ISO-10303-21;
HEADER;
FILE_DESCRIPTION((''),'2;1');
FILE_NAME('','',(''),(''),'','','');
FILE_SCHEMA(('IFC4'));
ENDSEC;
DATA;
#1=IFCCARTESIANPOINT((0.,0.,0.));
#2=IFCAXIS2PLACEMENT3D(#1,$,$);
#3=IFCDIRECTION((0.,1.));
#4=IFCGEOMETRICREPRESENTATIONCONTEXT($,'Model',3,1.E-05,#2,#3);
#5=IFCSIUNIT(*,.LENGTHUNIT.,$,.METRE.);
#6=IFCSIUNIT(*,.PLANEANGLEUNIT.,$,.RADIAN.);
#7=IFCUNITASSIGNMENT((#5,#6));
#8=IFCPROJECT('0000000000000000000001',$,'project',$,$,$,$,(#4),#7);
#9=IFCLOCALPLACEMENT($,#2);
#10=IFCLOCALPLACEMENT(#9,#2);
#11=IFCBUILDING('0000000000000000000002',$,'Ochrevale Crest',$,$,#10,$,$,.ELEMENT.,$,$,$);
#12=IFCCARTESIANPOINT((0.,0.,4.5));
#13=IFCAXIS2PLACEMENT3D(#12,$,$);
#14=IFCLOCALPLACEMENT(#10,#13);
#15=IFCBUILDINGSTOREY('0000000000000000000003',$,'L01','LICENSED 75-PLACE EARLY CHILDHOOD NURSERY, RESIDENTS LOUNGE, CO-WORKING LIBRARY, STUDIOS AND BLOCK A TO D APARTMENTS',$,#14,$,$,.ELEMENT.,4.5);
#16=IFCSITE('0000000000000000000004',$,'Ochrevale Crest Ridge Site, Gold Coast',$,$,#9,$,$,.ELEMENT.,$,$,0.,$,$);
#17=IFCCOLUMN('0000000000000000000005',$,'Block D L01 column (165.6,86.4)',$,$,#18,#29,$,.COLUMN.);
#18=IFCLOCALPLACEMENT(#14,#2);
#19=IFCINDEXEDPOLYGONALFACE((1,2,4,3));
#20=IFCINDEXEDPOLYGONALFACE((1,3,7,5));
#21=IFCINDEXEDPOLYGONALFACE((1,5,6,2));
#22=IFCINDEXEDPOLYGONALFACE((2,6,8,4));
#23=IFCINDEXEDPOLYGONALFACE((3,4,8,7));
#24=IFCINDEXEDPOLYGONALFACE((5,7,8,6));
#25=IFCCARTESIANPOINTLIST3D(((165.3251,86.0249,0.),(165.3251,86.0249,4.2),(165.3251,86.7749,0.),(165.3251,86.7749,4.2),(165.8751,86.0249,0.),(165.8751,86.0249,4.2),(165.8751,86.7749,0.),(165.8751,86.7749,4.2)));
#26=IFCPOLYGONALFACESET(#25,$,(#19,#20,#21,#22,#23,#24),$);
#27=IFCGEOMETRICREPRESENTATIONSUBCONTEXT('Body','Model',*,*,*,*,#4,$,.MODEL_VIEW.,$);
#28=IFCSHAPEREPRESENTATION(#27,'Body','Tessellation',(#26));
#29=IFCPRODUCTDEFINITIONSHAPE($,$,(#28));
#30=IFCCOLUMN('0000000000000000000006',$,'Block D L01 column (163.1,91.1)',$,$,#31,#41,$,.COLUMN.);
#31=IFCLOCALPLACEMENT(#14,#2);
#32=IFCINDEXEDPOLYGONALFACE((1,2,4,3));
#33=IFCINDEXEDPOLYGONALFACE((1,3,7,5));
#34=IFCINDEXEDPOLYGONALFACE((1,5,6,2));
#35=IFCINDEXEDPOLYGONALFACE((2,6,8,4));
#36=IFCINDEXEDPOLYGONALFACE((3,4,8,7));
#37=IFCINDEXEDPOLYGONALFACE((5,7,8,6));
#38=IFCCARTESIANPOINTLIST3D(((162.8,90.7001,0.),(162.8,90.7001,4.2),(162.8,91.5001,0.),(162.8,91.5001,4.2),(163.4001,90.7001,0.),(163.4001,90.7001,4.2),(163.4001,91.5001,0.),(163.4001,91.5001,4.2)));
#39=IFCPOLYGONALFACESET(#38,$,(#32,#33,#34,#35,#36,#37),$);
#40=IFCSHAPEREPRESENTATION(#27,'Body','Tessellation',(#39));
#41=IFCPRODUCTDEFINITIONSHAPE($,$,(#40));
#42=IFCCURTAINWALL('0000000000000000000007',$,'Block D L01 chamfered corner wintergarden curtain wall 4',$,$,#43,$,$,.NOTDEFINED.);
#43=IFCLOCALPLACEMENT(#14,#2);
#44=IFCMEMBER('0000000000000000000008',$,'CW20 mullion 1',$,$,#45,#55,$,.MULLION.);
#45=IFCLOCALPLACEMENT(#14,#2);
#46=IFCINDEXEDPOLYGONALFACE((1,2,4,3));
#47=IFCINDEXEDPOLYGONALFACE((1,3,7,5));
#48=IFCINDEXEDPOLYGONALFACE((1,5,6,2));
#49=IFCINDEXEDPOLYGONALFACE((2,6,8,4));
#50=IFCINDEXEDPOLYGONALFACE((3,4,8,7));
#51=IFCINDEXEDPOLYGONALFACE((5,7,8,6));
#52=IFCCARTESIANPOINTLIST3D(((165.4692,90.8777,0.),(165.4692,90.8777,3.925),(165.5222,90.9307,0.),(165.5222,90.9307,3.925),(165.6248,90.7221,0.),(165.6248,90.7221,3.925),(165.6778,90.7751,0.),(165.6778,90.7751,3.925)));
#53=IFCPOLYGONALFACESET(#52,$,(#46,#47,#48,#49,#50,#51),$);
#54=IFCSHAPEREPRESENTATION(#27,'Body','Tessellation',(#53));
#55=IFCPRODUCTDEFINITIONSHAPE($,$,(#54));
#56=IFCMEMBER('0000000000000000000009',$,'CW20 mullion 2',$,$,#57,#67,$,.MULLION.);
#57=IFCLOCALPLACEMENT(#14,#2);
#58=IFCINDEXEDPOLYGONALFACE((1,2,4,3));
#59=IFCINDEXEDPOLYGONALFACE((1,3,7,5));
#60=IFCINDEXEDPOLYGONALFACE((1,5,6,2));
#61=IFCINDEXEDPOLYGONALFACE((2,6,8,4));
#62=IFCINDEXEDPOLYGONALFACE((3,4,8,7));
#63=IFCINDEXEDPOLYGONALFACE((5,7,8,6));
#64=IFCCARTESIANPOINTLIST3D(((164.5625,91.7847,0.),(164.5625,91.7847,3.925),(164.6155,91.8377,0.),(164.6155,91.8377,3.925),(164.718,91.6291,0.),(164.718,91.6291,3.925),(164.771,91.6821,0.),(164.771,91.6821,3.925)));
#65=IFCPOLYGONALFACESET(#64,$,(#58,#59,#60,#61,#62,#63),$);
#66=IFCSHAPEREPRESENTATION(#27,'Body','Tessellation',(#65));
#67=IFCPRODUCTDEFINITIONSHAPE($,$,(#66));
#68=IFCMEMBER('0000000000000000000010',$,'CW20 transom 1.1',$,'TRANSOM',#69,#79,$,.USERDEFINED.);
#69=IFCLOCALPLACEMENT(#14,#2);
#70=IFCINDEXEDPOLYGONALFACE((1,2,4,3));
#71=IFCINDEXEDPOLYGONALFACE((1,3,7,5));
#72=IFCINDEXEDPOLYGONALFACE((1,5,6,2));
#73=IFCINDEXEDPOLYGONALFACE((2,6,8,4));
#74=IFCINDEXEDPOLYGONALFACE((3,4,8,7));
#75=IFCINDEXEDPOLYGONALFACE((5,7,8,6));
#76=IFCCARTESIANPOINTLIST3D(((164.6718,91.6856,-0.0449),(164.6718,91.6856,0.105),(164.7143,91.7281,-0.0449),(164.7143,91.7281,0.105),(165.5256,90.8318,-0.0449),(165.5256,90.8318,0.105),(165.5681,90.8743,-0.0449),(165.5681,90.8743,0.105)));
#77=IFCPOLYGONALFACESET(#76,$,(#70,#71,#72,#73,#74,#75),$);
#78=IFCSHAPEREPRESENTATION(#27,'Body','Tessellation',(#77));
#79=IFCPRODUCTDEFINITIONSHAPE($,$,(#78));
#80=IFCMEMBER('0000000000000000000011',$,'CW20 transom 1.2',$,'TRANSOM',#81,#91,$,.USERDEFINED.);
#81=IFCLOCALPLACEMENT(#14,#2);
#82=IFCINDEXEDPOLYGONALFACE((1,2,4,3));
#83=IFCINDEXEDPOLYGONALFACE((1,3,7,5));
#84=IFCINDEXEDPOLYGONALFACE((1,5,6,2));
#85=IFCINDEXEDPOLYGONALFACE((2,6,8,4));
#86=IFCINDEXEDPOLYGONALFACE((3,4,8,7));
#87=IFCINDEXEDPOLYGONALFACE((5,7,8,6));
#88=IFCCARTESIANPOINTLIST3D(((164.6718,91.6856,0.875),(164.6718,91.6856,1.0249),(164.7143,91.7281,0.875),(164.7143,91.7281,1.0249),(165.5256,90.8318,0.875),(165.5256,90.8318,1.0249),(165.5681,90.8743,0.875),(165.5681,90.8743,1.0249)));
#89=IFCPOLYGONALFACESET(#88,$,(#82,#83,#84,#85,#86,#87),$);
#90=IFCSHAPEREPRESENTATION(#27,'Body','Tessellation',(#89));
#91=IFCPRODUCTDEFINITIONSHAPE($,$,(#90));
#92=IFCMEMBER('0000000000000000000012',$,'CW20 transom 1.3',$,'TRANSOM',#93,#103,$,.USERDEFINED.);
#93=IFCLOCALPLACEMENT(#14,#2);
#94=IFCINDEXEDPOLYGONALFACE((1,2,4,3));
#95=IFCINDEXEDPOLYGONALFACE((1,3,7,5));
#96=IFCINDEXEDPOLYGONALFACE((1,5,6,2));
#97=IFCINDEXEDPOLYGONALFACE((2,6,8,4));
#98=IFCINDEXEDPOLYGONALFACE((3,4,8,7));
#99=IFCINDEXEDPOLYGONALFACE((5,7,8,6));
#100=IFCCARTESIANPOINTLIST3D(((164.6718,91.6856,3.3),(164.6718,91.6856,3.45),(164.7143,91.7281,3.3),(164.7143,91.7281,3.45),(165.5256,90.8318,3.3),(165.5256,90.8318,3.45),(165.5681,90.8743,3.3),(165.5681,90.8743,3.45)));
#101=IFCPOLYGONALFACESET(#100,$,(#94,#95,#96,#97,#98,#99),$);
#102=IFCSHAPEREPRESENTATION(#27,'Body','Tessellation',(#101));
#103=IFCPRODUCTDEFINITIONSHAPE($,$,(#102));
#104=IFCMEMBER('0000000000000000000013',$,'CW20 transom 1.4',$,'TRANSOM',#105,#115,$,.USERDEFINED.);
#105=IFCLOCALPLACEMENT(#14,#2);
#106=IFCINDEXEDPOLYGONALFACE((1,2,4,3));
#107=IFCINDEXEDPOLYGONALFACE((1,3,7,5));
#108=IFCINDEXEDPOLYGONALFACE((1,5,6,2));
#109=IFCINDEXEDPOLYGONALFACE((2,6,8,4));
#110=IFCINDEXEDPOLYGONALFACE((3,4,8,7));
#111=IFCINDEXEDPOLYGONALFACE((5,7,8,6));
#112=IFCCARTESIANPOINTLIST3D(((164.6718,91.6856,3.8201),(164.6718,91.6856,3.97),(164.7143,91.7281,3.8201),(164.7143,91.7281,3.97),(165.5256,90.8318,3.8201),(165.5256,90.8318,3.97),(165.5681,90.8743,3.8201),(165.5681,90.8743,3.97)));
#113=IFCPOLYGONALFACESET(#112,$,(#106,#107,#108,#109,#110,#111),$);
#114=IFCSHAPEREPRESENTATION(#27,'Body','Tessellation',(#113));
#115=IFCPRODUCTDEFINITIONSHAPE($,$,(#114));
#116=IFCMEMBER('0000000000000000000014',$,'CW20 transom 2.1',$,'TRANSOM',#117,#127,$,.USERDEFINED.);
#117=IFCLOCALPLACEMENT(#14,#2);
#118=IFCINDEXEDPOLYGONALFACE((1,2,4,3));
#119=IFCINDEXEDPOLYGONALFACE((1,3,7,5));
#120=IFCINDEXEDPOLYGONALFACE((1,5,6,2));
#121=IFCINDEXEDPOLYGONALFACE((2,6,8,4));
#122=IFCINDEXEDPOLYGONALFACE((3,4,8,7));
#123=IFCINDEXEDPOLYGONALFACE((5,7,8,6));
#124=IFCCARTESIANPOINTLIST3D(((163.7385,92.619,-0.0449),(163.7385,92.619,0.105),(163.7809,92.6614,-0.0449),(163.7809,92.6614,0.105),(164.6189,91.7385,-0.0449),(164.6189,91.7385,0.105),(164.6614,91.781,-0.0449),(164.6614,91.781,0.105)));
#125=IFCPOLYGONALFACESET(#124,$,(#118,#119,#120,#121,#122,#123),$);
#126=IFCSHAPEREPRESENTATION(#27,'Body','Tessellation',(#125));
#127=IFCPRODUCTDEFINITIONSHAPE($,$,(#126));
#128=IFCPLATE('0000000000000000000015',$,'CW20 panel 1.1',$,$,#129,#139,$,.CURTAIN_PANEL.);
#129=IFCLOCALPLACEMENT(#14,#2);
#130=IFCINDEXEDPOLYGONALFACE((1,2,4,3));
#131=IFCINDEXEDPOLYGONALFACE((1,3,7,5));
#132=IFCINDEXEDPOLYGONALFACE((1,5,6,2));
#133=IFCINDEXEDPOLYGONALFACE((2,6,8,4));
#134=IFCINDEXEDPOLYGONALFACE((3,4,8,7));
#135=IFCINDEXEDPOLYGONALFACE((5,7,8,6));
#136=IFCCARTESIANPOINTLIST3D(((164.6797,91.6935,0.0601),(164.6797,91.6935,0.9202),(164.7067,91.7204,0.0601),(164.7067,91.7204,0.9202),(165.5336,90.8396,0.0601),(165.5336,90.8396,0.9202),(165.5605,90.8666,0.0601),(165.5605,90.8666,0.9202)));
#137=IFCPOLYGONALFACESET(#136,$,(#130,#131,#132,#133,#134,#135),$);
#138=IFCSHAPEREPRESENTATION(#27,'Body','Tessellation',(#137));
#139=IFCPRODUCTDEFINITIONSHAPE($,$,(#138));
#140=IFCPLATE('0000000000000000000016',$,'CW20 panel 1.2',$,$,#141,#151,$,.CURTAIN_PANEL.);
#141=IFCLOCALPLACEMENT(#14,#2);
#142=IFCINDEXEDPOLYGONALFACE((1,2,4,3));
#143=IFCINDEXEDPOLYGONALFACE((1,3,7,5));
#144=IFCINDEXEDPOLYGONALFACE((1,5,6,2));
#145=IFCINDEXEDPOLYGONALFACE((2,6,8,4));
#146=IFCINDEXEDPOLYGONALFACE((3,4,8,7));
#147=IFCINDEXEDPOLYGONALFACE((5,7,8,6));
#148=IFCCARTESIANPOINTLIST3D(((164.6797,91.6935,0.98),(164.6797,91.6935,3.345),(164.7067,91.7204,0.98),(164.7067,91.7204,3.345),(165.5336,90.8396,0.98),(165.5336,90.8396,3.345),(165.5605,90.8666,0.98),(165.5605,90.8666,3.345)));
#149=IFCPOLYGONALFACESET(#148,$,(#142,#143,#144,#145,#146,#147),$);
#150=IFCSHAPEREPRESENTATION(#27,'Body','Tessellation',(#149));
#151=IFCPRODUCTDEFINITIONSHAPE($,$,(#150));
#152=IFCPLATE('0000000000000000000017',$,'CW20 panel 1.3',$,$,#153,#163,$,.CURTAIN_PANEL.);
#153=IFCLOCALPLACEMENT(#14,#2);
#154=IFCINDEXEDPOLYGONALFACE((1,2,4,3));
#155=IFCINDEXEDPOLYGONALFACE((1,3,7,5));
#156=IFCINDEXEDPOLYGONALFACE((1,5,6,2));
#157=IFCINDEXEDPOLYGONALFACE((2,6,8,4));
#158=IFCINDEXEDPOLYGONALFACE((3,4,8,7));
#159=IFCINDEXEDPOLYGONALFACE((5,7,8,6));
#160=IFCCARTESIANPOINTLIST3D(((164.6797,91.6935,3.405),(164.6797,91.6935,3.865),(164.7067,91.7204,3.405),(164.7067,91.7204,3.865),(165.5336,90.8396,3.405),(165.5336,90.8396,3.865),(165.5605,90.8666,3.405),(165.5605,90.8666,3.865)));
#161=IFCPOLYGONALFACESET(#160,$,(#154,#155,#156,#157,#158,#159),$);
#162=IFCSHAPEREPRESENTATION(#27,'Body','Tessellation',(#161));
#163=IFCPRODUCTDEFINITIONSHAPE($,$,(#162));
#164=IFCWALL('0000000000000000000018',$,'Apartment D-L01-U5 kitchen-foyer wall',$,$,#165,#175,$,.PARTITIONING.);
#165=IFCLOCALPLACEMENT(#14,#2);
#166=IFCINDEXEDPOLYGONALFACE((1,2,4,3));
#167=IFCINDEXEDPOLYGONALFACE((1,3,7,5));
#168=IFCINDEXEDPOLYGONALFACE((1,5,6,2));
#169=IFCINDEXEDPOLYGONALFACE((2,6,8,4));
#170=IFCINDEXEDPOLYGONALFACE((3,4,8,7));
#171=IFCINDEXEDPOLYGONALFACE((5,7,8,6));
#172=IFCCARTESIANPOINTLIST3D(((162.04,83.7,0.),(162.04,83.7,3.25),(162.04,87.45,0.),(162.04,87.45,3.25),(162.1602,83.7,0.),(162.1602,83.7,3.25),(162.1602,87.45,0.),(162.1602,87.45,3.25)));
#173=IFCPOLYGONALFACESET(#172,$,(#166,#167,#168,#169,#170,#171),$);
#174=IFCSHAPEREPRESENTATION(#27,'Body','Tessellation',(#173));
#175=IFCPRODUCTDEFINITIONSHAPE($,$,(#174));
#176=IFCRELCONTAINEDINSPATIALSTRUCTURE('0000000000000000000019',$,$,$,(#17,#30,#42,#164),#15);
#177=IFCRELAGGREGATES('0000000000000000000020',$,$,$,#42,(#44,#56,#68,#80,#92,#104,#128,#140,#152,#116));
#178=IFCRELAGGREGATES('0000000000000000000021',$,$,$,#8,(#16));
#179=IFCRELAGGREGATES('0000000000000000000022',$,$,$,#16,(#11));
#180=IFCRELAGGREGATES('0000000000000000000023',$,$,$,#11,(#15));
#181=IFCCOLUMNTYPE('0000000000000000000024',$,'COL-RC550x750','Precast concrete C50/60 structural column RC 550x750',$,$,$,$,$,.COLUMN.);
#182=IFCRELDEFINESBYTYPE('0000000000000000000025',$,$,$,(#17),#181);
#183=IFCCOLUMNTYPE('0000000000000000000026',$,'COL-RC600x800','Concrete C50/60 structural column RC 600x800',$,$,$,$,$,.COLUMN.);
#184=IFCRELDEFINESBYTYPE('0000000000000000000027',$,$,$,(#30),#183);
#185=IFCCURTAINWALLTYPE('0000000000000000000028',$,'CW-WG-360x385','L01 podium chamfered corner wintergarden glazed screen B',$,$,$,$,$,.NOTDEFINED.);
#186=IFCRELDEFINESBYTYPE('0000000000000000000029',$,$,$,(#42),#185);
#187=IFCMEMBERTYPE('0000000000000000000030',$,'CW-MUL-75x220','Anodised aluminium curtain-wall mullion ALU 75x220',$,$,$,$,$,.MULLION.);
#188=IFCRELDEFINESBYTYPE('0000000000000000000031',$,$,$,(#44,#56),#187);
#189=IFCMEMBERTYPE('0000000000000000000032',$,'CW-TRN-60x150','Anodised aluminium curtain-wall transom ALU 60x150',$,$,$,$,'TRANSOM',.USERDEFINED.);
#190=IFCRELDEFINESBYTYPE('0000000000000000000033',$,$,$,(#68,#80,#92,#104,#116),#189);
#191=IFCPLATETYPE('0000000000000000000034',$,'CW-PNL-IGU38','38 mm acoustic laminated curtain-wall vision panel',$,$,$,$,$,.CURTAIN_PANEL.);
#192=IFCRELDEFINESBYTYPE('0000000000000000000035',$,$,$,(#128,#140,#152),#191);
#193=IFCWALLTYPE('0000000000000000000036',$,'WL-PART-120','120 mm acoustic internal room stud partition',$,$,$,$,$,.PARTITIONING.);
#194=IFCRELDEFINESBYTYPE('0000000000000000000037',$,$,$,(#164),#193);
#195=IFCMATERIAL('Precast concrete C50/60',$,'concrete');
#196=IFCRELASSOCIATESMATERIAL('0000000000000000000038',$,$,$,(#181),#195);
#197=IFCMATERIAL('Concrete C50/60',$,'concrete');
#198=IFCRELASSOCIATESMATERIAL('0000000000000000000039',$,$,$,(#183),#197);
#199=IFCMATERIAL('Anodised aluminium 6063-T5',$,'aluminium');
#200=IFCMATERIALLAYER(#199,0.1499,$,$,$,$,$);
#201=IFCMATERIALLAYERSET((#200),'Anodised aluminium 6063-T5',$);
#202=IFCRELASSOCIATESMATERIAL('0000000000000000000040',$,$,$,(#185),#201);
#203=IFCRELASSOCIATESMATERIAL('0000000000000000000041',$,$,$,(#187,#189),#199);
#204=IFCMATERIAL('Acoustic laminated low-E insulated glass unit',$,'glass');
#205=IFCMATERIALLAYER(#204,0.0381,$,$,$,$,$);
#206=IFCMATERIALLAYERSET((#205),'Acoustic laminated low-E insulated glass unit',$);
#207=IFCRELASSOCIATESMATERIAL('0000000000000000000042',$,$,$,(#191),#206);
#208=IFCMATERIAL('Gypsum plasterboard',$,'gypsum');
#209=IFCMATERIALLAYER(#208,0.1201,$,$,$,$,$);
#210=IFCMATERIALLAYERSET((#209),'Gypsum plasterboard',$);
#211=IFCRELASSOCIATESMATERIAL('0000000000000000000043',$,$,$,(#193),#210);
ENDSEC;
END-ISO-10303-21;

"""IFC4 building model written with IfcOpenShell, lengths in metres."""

from ifc_helpers import new_model, si_unit, direction, frame, frame_2d, origin, origin_2d, place, context, subcontext, project, spatial, rectangle, extrude, material, layer, layer_set, material_profile, profile_set, type_object, element, aggregate, save


model = new_model("IFC4")

# Units and contexts
model_context = context("Model", 3, precision=1e-05, world=origin(), true_north=direction((0.0, 1.0)))
body_context = subcontext(model_context, "Body", "Model", "MODEL_VIEW")
ifc_project = project(units=[si_unit("LENGTHUNIT", "METRE"), si_unit("PLANEANGLEUNIT", "RADIAN")], contexts=[model_context])

# Site, building, storey
site_placement = place(None, origin())
site = spatial("IfcSite", under=ifc_project, at=site_placement, Name="Ochrevale Crest Ridge Site, Gold Coast", CompositionType="ELEMENT", RefElevation=0.0)
building_placement = place(site_placement, origin())
building = spatial("IfcBuilding", under=site, at=building_placement, Name="Ochrevale Crest", CompositionType="ELEMENT")
storey_placement = place(building_placement, frame((0.0, 0.0, 4.5)))
storey = spatial("IfcBuildingStorey", under=building, at=storey_placement, Name="L01", Description="LICENSED 75-PLACE EARLY CHILDHOOD NURSERY, RESIDENTS LOUNGE, CO-WORKING LIBRARY, STUDIOS AND BLOCK A TO D APARTMENTS", CompositionType="ELEMENT", Elevation=4.5)

# Columns
ifc_material_1 = material(Name="Precast concrete C50/60", Category="concrete")
ifc_material_profile_1 = material_profile(ifc_material_1, rectangle(XDim=0.55, YDim=0.75, at=origin_2d()), Name="RC 550x750")
ifc_profile_set_1 = profile_set([ifc_material_profile_1], Name="Precast concrete C50/60")
column_type_1 = type_object("IfcColumnType", Name="COL-RC550x750", Description="Precast concrete C50/60 structural column RC 550x750", PredefinedType="COLUMN", material=ifc_profile_set_1)
column_1_placement = place(storey_placement, frame((165.6001, 86.3999, 0.0), z_axis=(0.0, 0.0, 1.0), x_axis=(1.0, 0.0, 0.0)))
element("IfcColumn", 1, at=column_1_placement, inside=storey, type_object=column_type_1, Name="Block D L01 column (165.6,86.4)", PredefinedType="COLUMN", context=body_context, shape_type="SweptSolid", body=[
    extrude(rectangle(XDim=0.55, YDim=0.75, at=origin_2d()), origin(), (0.0, 0.0, 1.0), 4.2),
])
ifc_material_2 = material(Name="Concrete C50/60", Category="concrete")
ifc_material_profile_2 = material_profile(ifc_material_2, rectangle(XDim=0.6001, YDim=0.8, at=origin_2d()), Name="RC 600x800")
ifc_profile_set_2 = profile_set([ifc_material_profile_2], Name="Concrete C50/60")
column_type_2 = type_object("IfcColumnType", Name="COL-RC600x800", Description="Concrete C50/60 structural column RC 600x800", PredefinedType="COLUMN", material=ifc_profile_set_2)
column_2_placement = place(storey_placement, frame((163.1001, 91.1001, 0.0), z_axis=(0.0, 0.0, 1.0), x_axis=(1.0, 0.0, 0.0)))
element("IfcColumn", 2, at=column_2_placement, inside=storey, type_object=column_type_2, Name="Block D L01 column (163.1,91.1)", PredefinedType="COLUMN", context=body_context, shape_type="SweptSolid", body=[
    extrude(rectangle(XDim=0.6001, YDim=0.8, at=origin_2d()), origin(), (0.0, 0.0, 1.0), 4.2),
])

# Curtain wall, members, plates
ifc_material_3 = material(Name="Anodised aluminium 6063-T5", Category="aluminium")
ifc_layer_1 = layer(ifc_material_3, 0.1499)
ifc_layer_set_1 = layer_set([ifc_layer_1], Name="Anodised aluminium 6063-T5")
curtain_wall_type = type_object("IfcCurtainWallType", Name="CW-WG-360x385", Description="L01 podium chamfered corner wintergarden glazed screen B", PredefinedType="NOTDEFINED", material=ifc_layer_set_1)
curtain_wall_placement = place(storey_placement, origin())
curtain_wall = element("IfcCurtainWall", 3, at=curtain_wall_placement, inside=storey, type_object=curtain_wall_type, Name="Block D L01 chamfered corner wintergarden curtain wall 4", PredefinedType="NOTDEFINED")
ifc_material_profile_3 = material_profile(ifc_material_3, rectangle(XDim=0.075, YDim=0.22, at=origin_2d()), Name="ALU 75x220")
ifc_profile_set_3 = profile_set([ifc_material_profile_3], Name="Anodised aluminium 6063-T5")
member_type_1 = type_object("IfcMemberType", Name="CW-MUL-75x220", Description="Anodised aluminium curtain-wall mullion ALU 75x220", PredefinedType="MULLION", material=ifc_profile_set_3)
member_1_placement = place(storey_placement, frame((165.5735, 90.8264, 0.0), z_axis=(0.0, 0.0, 1.0), x_axis=(-0.707107, -0.707107, 0.0)))
member_1 = element("IfcMember", 4, at=member_1_placement, type_object=member_type_1, Name="CW20 mullion 1", PredefinedType="MULLION", context=body_context, shape_type="SweptSolid", body=[
    extrude(rectangle(XDim=0.075, YDim=0.22, at=origin_2d()), origin(), (0.0, 0.0, 1.0), 3.925),
])
member_2_placement = place(storey_placement, frame((164.6667, 91.7334, 0.0), z_axis=(0.0, 0.0, 1.0), x_axis=(-0.707107, -0.707107, 0.0)))
member_2 = element("IfcMember", 5, at=member_2_placement, type_object=member_type_1, Name="CW20 mullion 2", PredefinedType="MULLION", context=body_context, shape_type="SweptSolid", body=[
    extrude(rectangle(XDim=0.075, YDim=0.22, at=origin_2d()), origin(), (0.0, 0.0, 1.0), 3.925),
])
ifc_material_profile_4 = material_profile(ifc_material_3, rectangle(XDim=0.0601, YDim=0.1499, at=origin_2d()), Name="ALU 60x150")
ifc_profile_set_4 = profile_set([ifc_material_profile_4], Name="Anodised aluminium 6063-T5")
member_type_2 = type_object("IfcMemberType", Name="CW-TRN-60x150", Description="Anodised aluminium curtain-wall transom ALU 60x150", ElementType="TRANSOM", PredefinedType="USERDEFINED", material=ifc_profile_set_4)
member_3_placement = place(storey_placement, frame((165.5469, 90.853, 0.03), z_axis=(-0.707107, 0.707107, 0.0), x_axis=(-0.707107, -0.707107, 0.0)))
member_3 = element("IfcMember", 6, at=member_3_placement, type_object=member_type_2, Name="CW20 transom 1.1", ObjectType="TRANSOM", PredefinedType="USERDEFINED", context=body_context, shape_type="SweptSolid", body=[
    extrude(rectangle(XDim=0.0601, YDim=0.1499, at=origin_2d()), origin(), (0.0, 0.0, 1.0), 1.2075),
])
member_4_placement = place(storey_placement, frame((165.5469, 90.853, 0.95), z_axis=(-0.707107, 0.707107, 0.0), x_axis=(-0.707107, -0.707107, 0.0)))
member_4 = element("IfcMember", 7, at=member_4_placement, type_object=member_type_2, Name="CW20 transom 1.2", ObjectType="TRANSOM", PredefinedType="USERDEFINED", context=body_context, shape_type="SweptSolid", body=[
    extrude(rectangle(XDim=0.0601, YDim=0.1499, at=origin_2d()), origin(), (0.0, 0.0, 1.0), 1.2075),
])
member_5_placement = place(storey_placement, frame((165.5469, 90.853, 3.375), z_axis=(-0.707107, 0.707107, 0.0), x_axis=(-0.707107, -0.707107, 0.0)))
member_5 = element("IfcMember", 8, at=member_5_placement, type_object=member_type_2, Name="CW20 transom 1.3", ObjectType="TRANSOM", PredefinedType="USERDEFINED", context=body_context, shape_type="SweptSolid", body=[
    extrude(rectangle(XDim=0.0601, YDim=0.1499, at=origin_2d()), origin(), (0.0, 0.0, 1.0), 1.2075),
])
member_6_placement = place(storey_placement, frame((165.5469, 90.853, 3.895), z_axis=(-0.707107, 0.707107, 0.0), x_axis=(-0.707107, -0.707107, 0.0)))
member_6 = element("IfcMember", 9, at=member_6_placement, type_object=member_type_2, Name="CW20 transom 1.4", ObjectType="TRANSOM", PredefinedType="USERDEFINED", context=body_context, shape_type="SweptSolid", body=[
    extrude(rectangle(XDim=0.0601, YDim=0.1499, at=origin_2d()), origin(), (0.0, 0.0, 1.0), 1.2075),
])
member_7_placement = place(storey_placement, frame((164.6401, 91.7598, 0.03), z_axis=(-0.707107, 0.707107, 0.0), x_axis=(-0.707107, -0.707107, 0.0)))
member_7 = element("IfcMember", 10, at=member_7_placement, type_object=member_type_2, Name="CW20 transom 2.1", ObjectType="TRANSOM", PredefinedType="USERDEFINED", context=body_context, shape_type="SweptSolid", body=[
    extrude(rectangle(XDim=0.0601, YDim=0.1499, at=origin_2d()), origin(), (0.0, 0.0, 1.0), 1.2451),
])
ifc_material_4 = material(Name="Acoustic laminated low-E insulated glass unit", Category="glass")
ifc_layer_2 = layer(ifc_material_4, 0.0381)
ifc_layer_set_2 = layer_set([ifc_layer_2], Name="Acoustic laminated low-E insulated glass unit")
plate_type = type_object("IfcPlateType", Name="CW-PNL-IGU38", Description="38 mm acoustic laminated curtain-wall vision panel", PredefinedType="CURTAIN_PANEL", material=ifc_layer_set_2)
plate_1_placement = place(storey_placement, frame((165.1201, 91.28, 0.0601), z_axis=(0.0, 0.0, 1.0), x_axis=(-0.707107, 0.707107, 0.0)))
plate_1 = element("IfcPlate", 11, at=plate_1_placement, type_object=plate_type, Name="CW20 panel 1.1", PredefinedType="CURTAIN_PANEL", context=body_context, shape_type="SweptSolid", body=[
    extrude(rectangle(XDim=1.2075, YDim=0.0381, at=origin_2d()), origin(), (0.0, 0.0, 1.0), 0.8601),
])
plate_2_placement = place(storey_placement, frame((165.1201, 91.28, 0.98), z_axis=(0.0, 0.0, 1.0), x_axis=(-0.707107, 0.707107, 0.0)))
plate_2 = element("IfcPlate", 12, at=plate_2_placement, type_object=plate_type, Name="CW20 panel 1.2", PredefinedType="CURTAIN_PANEL", context=body_context, shape_type="SweptSolid", body=[
    extrude(rectangle(XDim=1.2075, YDim=0.0381, at=origin_2d()), origin(), (0.0, 0.0, 1.0), 2.365),
])
plate_3_placement = place(storey_placement, frame((165.1201, 91.28, 3.405), z_axis=(0.0, 0.0, 1.0), x_axis=(-0.707107, 0.707107, 0.0)))
plate_3 = element("IfcPlate", 13, at=plate_3_placement, type_object=plate_type, Name="CW20 panel 1.3", PredefinedType="CURTAIN_PANEL", context=body_context, shape_type="SweptSolid", body=[
    extrude(rectangle(XDim=1.2075, YDim=0.0381, at=origin_2d()), origin(), (0.0, 0.0, 1.0), 0.46),
])
aggregate(curtain_wall, [member_1, member_2, member_3, member_4, member_5, member_6, plate_1, plate_2, plate_3, member_7])

# Wall
ifc_material_5 = material(Name="Gypsum plasterboard", Category="gypsum")
ifc_layer_3 = layer(ifc_material_5, 0.1201)
ifc_layer_set_3 = layer_set([ifc_layer_3], Name="Gypsum plasterboard")
wall_type_1 = type_object("IfcWallType", Name="WL-PART-120", Description="120 mm acoustic internal room stud partition", PredefinedType="PARTITIONING", material=ifc_layer_set_3)
wall_1_placement = place(storey_placement, frame((162.1001, 83.7, 0.0), z_axis=(0.0, 0.0, 1.0), x_axis=(0.0, 1.0, 0.0)))
element("IfcWall", 14, at=wall_1_placement, inside=storey, type_object=wall_type_1, Name="Apartment D-L01-U5 kitchen-foyer wall", PredefinedType="PARTITIONING", context=body_context, shape_type="SweptSolid", body=[
    extrude(rectangle(XDim=3.75, YDim=0.1201, at=frame_2d((1.875, 0.0))), origin(), (0.0, 0.0, 1.0), 3.25),
])

save(model, "model.ifc")
